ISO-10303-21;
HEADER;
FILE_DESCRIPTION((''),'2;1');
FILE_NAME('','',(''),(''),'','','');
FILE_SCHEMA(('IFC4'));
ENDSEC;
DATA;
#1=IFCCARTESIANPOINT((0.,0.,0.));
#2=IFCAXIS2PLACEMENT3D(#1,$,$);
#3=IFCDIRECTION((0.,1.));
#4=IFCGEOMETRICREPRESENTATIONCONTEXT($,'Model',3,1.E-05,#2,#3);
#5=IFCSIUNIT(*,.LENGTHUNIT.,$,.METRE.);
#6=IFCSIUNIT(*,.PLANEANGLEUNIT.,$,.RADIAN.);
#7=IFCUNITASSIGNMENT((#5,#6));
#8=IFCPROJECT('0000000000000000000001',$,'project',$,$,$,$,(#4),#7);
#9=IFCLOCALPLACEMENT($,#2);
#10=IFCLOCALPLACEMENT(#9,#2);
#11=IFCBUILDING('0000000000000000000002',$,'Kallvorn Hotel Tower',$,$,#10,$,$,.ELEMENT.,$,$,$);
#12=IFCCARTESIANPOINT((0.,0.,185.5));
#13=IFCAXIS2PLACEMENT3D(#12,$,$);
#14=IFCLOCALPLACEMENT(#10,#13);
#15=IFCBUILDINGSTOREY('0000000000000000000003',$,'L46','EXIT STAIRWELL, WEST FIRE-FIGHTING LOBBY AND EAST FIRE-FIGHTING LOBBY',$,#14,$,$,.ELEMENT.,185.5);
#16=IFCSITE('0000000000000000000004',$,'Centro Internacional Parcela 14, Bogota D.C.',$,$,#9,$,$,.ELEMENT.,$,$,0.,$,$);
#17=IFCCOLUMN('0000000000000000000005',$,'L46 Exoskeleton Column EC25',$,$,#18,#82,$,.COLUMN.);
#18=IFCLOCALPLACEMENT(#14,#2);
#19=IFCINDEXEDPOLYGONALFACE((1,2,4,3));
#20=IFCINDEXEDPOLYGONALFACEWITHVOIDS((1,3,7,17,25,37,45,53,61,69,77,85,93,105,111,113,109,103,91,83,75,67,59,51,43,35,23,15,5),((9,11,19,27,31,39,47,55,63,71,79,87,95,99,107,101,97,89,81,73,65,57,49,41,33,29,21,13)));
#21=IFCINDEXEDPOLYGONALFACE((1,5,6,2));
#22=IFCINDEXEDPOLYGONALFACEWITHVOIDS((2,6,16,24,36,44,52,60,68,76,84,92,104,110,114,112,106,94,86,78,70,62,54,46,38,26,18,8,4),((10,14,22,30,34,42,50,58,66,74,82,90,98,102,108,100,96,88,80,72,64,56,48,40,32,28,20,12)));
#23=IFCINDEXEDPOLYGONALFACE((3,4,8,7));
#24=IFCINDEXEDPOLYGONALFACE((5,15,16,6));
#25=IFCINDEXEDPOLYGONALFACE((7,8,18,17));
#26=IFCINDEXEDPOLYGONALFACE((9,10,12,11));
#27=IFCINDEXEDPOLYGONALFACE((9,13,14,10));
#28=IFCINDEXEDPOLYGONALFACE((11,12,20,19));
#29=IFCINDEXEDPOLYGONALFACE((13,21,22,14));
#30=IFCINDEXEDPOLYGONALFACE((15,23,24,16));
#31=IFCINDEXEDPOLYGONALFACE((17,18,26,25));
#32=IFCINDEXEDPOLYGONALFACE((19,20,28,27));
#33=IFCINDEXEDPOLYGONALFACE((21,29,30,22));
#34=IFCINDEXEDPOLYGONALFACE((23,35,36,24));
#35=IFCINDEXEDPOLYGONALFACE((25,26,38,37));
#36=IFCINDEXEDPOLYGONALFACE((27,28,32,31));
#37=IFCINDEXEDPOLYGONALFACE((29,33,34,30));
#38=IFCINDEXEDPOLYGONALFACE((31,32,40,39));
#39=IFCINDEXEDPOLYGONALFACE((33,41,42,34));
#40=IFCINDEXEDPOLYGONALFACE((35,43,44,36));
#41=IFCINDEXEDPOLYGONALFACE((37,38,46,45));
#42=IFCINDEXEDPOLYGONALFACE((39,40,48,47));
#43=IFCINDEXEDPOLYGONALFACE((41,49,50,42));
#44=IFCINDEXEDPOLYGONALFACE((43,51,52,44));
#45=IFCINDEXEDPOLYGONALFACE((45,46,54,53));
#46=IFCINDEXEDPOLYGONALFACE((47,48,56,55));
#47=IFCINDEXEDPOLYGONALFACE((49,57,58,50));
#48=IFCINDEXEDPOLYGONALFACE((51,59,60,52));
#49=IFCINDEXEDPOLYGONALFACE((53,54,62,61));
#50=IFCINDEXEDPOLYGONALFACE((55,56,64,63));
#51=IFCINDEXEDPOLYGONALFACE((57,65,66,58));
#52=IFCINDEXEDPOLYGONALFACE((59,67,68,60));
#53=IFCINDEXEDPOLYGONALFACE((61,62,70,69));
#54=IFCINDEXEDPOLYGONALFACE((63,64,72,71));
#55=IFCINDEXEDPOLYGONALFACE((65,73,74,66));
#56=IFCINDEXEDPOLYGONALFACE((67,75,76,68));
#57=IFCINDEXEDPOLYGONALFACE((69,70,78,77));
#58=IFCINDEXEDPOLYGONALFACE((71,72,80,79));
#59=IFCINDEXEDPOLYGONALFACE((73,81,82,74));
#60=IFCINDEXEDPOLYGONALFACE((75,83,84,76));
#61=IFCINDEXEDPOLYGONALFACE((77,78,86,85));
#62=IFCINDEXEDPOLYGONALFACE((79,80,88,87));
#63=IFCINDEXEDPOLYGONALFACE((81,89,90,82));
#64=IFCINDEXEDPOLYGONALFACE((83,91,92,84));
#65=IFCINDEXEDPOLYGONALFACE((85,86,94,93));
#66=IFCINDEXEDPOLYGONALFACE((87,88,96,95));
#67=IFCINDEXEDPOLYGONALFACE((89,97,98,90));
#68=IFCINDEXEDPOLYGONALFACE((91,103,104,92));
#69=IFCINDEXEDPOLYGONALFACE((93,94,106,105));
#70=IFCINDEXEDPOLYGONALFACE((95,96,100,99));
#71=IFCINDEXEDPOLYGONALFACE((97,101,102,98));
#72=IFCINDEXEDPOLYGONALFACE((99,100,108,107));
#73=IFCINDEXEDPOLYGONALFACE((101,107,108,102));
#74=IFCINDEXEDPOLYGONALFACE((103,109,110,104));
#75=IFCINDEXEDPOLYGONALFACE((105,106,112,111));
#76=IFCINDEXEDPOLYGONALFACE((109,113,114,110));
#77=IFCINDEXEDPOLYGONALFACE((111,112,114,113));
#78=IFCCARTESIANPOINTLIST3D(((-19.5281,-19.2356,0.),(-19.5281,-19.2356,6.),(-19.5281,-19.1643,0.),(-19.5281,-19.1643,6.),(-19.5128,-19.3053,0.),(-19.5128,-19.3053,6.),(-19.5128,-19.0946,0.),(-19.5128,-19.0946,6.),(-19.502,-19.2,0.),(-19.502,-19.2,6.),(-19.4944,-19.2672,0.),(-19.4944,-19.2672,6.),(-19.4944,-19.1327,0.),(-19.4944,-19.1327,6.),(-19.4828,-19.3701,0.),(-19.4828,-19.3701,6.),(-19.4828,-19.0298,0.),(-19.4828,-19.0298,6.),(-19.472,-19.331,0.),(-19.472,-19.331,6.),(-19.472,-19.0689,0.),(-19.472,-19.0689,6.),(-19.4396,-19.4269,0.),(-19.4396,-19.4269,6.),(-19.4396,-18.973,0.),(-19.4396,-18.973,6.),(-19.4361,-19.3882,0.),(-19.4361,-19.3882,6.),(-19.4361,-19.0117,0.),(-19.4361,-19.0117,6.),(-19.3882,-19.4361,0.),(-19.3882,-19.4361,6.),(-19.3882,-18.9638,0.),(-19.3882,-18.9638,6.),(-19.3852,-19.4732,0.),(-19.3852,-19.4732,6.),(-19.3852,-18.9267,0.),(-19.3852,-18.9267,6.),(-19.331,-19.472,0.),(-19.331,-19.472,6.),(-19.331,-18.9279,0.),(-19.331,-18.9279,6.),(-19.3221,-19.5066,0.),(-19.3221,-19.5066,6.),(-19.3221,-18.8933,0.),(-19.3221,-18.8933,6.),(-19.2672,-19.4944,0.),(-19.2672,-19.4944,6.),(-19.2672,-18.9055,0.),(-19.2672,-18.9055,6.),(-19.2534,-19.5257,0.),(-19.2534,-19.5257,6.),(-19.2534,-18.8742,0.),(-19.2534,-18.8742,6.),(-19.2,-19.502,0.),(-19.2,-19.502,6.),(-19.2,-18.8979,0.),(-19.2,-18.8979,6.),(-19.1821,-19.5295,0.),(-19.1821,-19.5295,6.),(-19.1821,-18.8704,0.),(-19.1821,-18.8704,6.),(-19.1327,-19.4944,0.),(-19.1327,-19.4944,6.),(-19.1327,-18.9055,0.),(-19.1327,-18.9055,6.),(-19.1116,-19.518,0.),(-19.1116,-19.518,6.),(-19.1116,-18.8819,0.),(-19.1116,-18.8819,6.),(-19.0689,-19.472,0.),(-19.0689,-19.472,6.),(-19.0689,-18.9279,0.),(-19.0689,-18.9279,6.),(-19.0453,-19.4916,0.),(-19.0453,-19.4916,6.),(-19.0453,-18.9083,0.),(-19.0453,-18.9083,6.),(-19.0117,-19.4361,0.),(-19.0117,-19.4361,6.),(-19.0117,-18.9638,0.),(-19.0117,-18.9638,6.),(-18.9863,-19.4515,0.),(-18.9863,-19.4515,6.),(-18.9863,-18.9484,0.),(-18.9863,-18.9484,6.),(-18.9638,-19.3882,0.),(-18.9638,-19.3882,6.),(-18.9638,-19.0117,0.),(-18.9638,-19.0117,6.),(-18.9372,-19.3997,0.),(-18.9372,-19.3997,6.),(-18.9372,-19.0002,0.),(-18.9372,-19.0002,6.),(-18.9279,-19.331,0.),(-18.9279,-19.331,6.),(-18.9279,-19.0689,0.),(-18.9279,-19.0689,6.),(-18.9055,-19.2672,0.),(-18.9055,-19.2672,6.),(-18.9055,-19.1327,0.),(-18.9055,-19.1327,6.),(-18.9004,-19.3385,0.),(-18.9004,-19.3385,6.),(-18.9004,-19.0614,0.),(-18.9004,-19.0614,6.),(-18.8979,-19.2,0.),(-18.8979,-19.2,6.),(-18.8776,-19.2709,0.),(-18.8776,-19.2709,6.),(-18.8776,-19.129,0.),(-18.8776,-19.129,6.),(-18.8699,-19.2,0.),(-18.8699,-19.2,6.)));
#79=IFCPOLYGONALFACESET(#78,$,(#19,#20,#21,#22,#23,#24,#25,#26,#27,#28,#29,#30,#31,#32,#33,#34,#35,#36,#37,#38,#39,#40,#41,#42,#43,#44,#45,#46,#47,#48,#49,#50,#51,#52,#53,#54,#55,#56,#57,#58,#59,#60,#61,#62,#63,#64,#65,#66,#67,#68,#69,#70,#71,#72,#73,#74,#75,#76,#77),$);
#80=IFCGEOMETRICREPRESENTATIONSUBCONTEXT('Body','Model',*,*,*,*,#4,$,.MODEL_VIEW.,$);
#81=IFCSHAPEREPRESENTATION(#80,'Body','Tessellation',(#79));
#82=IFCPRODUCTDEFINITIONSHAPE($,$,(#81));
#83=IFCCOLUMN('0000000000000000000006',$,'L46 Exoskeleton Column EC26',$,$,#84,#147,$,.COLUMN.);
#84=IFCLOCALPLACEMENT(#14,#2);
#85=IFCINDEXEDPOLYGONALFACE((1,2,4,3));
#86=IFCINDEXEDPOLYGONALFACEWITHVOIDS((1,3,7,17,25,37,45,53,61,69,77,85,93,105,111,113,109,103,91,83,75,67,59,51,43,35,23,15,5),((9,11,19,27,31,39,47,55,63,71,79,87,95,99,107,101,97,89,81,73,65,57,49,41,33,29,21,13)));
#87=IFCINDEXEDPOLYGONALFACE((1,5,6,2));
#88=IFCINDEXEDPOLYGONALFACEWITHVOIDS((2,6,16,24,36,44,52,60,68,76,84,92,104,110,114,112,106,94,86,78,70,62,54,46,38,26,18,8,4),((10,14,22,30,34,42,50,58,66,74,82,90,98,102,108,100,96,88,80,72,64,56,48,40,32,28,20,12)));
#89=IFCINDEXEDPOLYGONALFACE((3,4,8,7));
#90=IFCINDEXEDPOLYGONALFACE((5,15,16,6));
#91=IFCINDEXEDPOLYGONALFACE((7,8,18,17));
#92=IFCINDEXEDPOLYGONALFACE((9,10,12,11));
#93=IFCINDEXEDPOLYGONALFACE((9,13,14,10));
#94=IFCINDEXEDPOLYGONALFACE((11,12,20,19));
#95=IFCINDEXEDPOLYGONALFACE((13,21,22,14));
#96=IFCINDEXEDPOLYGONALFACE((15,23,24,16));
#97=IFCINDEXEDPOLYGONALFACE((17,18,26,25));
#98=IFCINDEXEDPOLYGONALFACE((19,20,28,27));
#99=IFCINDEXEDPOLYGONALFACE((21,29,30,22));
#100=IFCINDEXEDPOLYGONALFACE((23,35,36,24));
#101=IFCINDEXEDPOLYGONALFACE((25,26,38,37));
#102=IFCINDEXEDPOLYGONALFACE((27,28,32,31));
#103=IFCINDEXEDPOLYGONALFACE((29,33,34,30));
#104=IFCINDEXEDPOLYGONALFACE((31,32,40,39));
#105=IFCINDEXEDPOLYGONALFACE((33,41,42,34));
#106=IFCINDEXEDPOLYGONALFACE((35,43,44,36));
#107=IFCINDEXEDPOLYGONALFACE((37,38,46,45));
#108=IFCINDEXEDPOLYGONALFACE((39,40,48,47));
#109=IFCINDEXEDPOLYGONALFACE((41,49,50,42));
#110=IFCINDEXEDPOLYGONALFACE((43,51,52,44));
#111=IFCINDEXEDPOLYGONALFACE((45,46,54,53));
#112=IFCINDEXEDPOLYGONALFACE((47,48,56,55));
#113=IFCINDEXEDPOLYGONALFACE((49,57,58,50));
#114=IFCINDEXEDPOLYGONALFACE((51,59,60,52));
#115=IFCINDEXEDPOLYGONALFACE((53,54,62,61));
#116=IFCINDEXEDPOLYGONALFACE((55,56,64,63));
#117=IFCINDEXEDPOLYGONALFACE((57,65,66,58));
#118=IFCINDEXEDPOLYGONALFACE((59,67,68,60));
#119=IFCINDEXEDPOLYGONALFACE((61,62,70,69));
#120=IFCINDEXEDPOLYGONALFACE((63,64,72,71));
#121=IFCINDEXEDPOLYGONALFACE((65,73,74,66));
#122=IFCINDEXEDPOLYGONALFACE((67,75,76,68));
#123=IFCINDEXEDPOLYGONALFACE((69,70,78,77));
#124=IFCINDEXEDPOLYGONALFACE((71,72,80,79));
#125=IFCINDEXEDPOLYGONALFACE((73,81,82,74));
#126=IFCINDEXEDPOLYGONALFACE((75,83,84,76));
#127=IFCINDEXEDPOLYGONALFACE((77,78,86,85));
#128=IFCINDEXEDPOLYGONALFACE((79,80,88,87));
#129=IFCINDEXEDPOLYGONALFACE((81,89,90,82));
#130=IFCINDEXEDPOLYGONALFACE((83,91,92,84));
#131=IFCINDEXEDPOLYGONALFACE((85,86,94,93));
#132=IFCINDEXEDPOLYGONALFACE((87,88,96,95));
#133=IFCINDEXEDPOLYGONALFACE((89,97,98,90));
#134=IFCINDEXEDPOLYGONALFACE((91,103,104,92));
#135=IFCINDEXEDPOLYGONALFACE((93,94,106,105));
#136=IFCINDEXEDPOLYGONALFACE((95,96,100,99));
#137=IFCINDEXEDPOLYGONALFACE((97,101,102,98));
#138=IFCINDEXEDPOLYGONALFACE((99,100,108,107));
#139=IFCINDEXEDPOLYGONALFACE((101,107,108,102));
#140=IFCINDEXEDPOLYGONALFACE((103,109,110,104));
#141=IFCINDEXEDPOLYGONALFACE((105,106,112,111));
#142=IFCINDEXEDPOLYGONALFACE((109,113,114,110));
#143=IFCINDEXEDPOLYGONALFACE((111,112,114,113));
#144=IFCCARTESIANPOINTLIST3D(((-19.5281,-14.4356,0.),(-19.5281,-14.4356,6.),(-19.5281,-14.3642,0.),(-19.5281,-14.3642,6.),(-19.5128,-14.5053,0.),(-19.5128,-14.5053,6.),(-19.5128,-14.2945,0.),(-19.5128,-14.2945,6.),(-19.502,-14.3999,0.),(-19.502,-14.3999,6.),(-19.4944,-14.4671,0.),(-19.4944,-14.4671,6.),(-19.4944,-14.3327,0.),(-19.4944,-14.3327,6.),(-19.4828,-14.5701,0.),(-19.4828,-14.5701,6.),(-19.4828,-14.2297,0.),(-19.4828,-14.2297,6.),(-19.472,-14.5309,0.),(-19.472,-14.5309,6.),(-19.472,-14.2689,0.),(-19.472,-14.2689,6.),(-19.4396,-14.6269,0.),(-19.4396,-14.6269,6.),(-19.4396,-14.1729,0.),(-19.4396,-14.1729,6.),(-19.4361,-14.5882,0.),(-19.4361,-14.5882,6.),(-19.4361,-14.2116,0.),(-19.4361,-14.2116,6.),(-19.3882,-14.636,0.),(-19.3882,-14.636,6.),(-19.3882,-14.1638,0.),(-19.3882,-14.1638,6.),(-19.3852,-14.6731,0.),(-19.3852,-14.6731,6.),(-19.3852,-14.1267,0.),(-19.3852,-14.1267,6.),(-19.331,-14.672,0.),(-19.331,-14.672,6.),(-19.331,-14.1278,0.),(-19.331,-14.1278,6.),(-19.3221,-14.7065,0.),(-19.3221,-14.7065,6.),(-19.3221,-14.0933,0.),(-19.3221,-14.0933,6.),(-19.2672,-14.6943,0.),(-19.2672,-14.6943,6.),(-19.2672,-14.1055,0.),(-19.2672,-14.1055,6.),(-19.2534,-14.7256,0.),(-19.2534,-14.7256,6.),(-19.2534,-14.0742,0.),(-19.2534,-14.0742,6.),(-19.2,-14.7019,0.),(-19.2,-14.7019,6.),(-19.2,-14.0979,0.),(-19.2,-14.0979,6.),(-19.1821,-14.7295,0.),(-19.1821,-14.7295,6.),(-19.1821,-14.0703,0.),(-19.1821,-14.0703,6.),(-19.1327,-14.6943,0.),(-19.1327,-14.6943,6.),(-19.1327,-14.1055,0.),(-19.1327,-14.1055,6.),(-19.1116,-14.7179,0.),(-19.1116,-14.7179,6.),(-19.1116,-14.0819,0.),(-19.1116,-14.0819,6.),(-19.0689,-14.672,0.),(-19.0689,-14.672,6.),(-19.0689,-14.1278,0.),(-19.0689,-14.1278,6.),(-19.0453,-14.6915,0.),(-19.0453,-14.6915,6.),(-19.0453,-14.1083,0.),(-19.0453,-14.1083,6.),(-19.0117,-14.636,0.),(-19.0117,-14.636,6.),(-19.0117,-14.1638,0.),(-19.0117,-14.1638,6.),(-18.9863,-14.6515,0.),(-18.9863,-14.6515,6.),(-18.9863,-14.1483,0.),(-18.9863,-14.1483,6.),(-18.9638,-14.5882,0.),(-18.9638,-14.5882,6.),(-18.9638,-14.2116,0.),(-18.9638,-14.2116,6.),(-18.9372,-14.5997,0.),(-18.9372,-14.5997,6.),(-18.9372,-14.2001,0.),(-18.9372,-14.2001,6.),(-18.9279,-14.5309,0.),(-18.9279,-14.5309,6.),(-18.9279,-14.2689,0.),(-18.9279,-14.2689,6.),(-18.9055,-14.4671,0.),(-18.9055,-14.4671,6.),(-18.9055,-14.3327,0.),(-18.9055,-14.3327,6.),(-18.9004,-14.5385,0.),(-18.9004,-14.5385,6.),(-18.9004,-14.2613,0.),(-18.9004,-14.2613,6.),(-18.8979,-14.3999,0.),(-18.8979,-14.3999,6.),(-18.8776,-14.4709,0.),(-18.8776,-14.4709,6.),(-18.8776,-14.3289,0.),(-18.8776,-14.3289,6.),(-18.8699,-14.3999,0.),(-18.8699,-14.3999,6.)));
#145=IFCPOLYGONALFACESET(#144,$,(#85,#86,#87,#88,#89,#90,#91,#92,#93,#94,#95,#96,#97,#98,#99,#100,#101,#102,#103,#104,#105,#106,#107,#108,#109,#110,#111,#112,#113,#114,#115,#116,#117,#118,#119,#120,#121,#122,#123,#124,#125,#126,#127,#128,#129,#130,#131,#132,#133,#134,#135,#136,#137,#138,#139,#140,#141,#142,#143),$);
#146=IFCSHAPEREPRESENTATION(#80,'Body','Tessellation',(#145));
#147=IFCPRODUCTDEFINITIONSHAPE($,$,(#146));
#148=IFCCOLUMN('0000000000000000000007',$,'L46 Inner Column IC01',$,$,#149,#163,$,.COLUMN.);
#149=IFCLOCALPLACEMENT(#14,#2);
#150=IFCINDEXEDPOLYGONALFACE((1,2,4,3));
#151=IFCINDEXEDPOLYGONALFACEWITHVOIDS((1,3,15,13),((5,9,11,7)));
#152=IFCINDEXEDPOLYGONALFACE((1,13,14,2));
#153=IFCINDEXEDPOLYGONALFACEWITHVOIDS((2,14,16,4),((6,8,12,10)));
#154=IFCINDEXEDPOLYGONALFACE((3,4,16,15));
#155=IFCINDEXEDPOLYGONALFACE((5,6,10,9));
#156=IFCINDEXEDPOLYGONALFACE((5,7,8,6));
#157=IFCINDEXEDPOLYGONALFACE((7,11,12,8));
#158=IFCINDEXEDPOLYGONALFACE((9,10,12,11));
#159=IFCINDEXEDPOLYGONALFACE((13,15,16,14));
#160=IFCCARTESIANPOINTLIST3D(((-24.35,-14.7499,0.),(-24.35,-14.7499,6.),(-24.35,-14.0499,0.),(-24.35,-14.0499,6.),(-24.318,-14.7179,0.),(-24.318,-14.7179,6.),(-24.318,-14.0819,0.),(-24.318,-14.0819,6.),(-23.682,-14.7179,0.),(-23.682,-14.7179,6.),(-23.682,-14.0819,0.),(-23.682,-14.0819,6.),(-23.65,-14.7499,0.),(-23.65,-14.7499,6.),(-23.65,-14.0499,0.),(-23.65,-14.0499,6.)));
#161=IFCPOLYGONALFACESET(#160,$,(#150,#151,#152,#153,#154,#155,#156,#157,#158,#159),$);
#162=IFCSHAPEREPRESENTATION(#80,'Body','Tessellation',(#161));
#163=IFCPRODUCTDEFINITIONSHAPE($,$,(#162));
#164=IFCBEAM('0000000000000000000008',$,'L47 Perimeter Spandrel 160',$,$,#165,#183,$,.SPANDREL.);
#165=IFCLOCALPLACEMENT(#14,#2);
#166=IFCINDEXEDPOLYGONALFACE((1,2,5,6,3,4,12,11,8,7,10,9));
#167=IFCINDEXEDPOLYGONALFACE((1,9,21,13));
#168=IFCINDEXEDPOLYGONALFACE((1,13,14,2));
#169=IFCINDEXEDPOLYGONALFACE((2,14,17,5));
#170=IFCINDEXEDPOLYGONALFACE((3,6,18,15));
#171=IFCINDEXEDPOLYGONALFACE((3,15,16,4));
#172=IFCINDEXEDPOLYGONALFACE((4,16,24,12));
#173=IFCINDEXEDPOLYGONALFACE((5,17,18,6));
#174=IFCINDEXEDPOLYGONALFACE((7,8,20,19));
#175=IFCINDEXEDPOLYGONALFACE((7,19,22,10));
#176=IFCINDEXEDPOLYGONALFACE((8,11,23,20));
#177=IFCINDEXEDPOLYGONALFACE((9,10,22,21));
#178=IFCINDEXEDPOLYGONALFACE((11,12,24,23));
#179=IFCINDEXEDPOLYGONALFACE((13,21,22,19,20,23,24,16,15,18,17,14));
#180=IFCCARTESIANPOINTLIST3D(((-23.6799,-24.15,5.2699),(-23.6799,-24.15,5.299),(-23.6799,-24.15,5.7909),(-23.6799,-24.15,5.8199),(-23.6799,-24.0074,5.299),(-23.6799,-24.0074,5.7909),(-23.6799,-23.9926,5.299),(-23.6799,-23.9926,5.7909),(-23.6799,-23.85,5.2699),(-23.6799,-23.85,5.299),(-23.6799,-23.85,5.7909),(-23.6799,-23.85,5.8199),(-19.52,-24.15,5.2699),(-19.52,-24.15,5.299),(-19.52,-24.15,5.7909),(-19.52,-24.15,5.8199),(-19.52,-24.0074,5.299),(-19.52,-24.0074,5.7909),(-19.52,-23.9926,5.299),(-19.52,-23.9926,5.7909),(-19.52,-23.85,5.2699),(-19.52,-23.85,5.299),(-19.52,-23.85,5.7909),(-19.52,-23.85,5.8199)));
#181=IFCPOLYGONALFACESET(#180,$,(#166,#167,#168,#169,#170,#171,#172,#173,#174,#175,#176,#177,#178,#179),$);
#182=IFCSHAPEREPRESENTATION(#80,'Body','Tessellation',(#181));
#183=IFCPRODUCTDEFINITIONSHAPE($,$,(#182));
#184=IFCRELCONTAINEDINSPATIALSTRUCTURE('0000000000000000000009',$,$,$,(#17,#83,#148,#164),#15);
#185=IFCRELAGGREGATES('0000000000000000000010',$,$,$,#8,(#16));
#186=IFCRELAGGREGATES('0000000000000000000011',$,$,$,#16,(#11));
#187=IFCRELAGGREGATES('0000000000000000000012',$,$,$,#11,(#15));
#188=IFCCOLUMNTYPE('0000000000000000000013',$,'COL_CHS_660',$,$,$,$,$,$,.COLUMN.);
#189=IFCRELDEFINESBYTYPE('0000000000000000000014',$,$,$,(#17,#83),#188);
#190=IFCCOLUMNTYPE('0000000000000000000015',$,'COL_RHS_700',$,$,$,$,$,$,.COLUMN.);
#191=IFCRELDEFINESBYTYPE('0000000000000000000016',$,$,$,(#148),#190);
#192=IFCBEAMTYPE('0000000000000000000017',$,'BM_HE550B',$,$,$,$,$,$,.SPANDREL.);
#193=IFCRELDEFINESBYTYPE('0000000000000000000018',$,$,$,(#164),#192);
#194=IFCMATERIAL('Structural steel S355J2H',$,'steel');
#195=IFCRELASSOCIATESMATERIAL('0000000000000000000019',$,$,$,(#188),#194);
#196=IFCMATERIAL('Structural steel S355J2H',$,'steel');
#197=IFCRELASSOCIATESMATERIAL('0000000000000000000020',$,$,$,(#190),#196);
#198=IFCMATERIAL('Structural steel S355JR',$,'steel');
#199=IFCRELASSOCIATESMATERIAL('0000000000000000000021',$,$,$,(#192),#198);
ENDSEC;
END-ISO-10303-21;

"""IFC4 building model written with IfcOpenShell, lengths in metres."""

from ifc_helpers import new_model, si_unit, direction, frame, origin, origin_2d, place, context, subcontext, project, spatial, hollow_rectangle, hollow_circle, i_section, extrude, material, material_profile, profile_set, type_object, element, save


model = new_model("IFC4")

# Units and contexts
model_context = context("Model", 3, precision=1e-05, world=origin(), true_north=direction((0.0, 1.0)))
body_context = subcontext(model_context, "Body", "Model", "MODEL_VIEW")
ifc_project = project(units=[si_unit("LENGTHUNIT", "METRE"), si_unit("PLANEANGLEUNIT", "RADIAN")], contexts=[model_context])

# Site, building, storey
site_placement = place(None, origin())
site = spatial("IfcSite", under=ifc_project, at=site_placement, Name="Centro Internacional Parcela 14, Bogota D.C.", CompositionType="ELEMENT", RefElevation=0.0)
building_placement = place(site_placement, origin())
building = spatial("IfcBuilding", under=site, at=building_placement, Name="Kallvorn Hotel Tower", CompositionType="ELEMENT")
storey_placement = place(building_placement, frame((0.0, 0.0, 185.5)))
storey = spatial("IfcBuildingStorey", under=building, at=storey_placement, Name="L46", Description="EXIT STAIRWELL, WEST FIRE-FIGHTING LOBBY AND EAST FIRE-FIGHTING LOBBY", CompositionType="ELEMENT", Elevation=185.5)

# Columns
ifc_material_1 = material(Name="Structural steel S355J2H", Category="steel")
ifc_material_profile_1 = material_profile(ifc_material_1, hollow_circle(Radius=0.3301, WallThickness=0.0281, at=origin_2d()), Name="CHS 660x28")
ifc_profile_set_1 = profile_set([ifc_material_profile_1], Name="Structural steel S355J2H")
column_type_1 = type_object("IfcColumnType", Name="COL_CHS_660", PredefinedType="COLUMN", material=ifc_profile_set_1)
for number, where, z_axis, x_axis, name in (
    (1, (-19.2, -19.2, 0.0), (0.0, 0.0, 1.0), (1.0, 0.0, 0.0), "L46 Exoskeleton Column EC25"),
    (2, (-19.2, -14.3999, 0.0), (0.0, 0.0, 1.0), (1.0, 0.0, 0.0), "L46 Exoskeleton Column EC26"),
):
    element("IfcColumn", number, at=place(storey_placement, frame(where, z_axis=z_axis, x_axis=x_axis)), inside=storey, type_object=column_type_1, Name=name, PredefinedType="COLUMN", context=body_context, shape_type="SweptSolid", body=[
        extrude(hollow_circle(Radius=0.3301, WallThickness=0.0281, at=origin_2d()), origin(), (0.0, 0.0, 1.0), 6.0),
    ])
ifc_material_2 = material(Name="Structural steel S355J2H", Category="steel")
ifc_material_profile_2 = material_profile(ifc_material_2, hollow_rectangle(XDim=0.7, YDim=0.7, WallThickness=0.032, at=origin_2d()), Name="RHS 700x700x32")
ifc_profile_set_2 = profile_set([ifc_material_profile_2], Name="Structural steel S355J2H")
column_type_2 = type_object("IfcColumnType", Name="COL_RHS_700", PredefinedType="COLUMN", material=ifc_profile_set_2)
column_1_placement = place(storey_placement, frame((-24.0, -14.3999, 0.0), z_axis=(0.0, 0.0, 1.0), x_axis=(1.0, 0.0, 0.0)))
element("IfcColumn", 3, at=column_1_placement, inside=storey, type_object=column_type_2, Name="L46 Inner Column IC01", PredefinedType="COLUMN", context=body_context, shape_type="SweptSolid", body=[
    extrude(hollow_rectangle(XDim=0.7, YDim=0.7, WallThickness=0.032, at=origin_2d()), origin(), (0.0, 0.0, 1.0), 6.0),
])

# Beam
ifc_material_3 = material(Name="Structural steel S355JR", Category="steel")
ifc_material_profile_3 = material_profile(ifc_material_3, i_section(OverallWidth=0.3, OverallDepth=0.55, WebThickness=0.0149, FlangeThickness=0.0291, at=origin_2d()), Name="HE 550 B")
ifc_profile_set_3 = profile_set([ifc_material_profile_3], Name="Structural steel S355JR")
beam_type_1 = type_object("IfcBeamType", Name="BM_HE550B", PredefinedType="SPANDREL", material=ifc_profile_set_3)
beam_1_placement = place(storey_placement, frame((-23.6799, -24.0, 5.5449), z_axis=(1.0, 0.0, 0.0), x_axis=(0.0, 1.0, 0.0)))
element("IfcBeam", 4, at=beam_1_placement, inside=storey, type_object=beam_type_1, Name="L47 Perimeter Spandrel 160", PredefinedType="SPANDREL", context=body_context, shape_type="SweptSolid", body=[
    extrude(i_section(OverallWidth=0.3, OverallDepth=0.55, WebThickness=0.0149, FlangeThickness=0.0291, at=origin_2d()), origin(), (0.0, 0.0, 1.0), 4.1599),
])

save(model, "model.ifc")
